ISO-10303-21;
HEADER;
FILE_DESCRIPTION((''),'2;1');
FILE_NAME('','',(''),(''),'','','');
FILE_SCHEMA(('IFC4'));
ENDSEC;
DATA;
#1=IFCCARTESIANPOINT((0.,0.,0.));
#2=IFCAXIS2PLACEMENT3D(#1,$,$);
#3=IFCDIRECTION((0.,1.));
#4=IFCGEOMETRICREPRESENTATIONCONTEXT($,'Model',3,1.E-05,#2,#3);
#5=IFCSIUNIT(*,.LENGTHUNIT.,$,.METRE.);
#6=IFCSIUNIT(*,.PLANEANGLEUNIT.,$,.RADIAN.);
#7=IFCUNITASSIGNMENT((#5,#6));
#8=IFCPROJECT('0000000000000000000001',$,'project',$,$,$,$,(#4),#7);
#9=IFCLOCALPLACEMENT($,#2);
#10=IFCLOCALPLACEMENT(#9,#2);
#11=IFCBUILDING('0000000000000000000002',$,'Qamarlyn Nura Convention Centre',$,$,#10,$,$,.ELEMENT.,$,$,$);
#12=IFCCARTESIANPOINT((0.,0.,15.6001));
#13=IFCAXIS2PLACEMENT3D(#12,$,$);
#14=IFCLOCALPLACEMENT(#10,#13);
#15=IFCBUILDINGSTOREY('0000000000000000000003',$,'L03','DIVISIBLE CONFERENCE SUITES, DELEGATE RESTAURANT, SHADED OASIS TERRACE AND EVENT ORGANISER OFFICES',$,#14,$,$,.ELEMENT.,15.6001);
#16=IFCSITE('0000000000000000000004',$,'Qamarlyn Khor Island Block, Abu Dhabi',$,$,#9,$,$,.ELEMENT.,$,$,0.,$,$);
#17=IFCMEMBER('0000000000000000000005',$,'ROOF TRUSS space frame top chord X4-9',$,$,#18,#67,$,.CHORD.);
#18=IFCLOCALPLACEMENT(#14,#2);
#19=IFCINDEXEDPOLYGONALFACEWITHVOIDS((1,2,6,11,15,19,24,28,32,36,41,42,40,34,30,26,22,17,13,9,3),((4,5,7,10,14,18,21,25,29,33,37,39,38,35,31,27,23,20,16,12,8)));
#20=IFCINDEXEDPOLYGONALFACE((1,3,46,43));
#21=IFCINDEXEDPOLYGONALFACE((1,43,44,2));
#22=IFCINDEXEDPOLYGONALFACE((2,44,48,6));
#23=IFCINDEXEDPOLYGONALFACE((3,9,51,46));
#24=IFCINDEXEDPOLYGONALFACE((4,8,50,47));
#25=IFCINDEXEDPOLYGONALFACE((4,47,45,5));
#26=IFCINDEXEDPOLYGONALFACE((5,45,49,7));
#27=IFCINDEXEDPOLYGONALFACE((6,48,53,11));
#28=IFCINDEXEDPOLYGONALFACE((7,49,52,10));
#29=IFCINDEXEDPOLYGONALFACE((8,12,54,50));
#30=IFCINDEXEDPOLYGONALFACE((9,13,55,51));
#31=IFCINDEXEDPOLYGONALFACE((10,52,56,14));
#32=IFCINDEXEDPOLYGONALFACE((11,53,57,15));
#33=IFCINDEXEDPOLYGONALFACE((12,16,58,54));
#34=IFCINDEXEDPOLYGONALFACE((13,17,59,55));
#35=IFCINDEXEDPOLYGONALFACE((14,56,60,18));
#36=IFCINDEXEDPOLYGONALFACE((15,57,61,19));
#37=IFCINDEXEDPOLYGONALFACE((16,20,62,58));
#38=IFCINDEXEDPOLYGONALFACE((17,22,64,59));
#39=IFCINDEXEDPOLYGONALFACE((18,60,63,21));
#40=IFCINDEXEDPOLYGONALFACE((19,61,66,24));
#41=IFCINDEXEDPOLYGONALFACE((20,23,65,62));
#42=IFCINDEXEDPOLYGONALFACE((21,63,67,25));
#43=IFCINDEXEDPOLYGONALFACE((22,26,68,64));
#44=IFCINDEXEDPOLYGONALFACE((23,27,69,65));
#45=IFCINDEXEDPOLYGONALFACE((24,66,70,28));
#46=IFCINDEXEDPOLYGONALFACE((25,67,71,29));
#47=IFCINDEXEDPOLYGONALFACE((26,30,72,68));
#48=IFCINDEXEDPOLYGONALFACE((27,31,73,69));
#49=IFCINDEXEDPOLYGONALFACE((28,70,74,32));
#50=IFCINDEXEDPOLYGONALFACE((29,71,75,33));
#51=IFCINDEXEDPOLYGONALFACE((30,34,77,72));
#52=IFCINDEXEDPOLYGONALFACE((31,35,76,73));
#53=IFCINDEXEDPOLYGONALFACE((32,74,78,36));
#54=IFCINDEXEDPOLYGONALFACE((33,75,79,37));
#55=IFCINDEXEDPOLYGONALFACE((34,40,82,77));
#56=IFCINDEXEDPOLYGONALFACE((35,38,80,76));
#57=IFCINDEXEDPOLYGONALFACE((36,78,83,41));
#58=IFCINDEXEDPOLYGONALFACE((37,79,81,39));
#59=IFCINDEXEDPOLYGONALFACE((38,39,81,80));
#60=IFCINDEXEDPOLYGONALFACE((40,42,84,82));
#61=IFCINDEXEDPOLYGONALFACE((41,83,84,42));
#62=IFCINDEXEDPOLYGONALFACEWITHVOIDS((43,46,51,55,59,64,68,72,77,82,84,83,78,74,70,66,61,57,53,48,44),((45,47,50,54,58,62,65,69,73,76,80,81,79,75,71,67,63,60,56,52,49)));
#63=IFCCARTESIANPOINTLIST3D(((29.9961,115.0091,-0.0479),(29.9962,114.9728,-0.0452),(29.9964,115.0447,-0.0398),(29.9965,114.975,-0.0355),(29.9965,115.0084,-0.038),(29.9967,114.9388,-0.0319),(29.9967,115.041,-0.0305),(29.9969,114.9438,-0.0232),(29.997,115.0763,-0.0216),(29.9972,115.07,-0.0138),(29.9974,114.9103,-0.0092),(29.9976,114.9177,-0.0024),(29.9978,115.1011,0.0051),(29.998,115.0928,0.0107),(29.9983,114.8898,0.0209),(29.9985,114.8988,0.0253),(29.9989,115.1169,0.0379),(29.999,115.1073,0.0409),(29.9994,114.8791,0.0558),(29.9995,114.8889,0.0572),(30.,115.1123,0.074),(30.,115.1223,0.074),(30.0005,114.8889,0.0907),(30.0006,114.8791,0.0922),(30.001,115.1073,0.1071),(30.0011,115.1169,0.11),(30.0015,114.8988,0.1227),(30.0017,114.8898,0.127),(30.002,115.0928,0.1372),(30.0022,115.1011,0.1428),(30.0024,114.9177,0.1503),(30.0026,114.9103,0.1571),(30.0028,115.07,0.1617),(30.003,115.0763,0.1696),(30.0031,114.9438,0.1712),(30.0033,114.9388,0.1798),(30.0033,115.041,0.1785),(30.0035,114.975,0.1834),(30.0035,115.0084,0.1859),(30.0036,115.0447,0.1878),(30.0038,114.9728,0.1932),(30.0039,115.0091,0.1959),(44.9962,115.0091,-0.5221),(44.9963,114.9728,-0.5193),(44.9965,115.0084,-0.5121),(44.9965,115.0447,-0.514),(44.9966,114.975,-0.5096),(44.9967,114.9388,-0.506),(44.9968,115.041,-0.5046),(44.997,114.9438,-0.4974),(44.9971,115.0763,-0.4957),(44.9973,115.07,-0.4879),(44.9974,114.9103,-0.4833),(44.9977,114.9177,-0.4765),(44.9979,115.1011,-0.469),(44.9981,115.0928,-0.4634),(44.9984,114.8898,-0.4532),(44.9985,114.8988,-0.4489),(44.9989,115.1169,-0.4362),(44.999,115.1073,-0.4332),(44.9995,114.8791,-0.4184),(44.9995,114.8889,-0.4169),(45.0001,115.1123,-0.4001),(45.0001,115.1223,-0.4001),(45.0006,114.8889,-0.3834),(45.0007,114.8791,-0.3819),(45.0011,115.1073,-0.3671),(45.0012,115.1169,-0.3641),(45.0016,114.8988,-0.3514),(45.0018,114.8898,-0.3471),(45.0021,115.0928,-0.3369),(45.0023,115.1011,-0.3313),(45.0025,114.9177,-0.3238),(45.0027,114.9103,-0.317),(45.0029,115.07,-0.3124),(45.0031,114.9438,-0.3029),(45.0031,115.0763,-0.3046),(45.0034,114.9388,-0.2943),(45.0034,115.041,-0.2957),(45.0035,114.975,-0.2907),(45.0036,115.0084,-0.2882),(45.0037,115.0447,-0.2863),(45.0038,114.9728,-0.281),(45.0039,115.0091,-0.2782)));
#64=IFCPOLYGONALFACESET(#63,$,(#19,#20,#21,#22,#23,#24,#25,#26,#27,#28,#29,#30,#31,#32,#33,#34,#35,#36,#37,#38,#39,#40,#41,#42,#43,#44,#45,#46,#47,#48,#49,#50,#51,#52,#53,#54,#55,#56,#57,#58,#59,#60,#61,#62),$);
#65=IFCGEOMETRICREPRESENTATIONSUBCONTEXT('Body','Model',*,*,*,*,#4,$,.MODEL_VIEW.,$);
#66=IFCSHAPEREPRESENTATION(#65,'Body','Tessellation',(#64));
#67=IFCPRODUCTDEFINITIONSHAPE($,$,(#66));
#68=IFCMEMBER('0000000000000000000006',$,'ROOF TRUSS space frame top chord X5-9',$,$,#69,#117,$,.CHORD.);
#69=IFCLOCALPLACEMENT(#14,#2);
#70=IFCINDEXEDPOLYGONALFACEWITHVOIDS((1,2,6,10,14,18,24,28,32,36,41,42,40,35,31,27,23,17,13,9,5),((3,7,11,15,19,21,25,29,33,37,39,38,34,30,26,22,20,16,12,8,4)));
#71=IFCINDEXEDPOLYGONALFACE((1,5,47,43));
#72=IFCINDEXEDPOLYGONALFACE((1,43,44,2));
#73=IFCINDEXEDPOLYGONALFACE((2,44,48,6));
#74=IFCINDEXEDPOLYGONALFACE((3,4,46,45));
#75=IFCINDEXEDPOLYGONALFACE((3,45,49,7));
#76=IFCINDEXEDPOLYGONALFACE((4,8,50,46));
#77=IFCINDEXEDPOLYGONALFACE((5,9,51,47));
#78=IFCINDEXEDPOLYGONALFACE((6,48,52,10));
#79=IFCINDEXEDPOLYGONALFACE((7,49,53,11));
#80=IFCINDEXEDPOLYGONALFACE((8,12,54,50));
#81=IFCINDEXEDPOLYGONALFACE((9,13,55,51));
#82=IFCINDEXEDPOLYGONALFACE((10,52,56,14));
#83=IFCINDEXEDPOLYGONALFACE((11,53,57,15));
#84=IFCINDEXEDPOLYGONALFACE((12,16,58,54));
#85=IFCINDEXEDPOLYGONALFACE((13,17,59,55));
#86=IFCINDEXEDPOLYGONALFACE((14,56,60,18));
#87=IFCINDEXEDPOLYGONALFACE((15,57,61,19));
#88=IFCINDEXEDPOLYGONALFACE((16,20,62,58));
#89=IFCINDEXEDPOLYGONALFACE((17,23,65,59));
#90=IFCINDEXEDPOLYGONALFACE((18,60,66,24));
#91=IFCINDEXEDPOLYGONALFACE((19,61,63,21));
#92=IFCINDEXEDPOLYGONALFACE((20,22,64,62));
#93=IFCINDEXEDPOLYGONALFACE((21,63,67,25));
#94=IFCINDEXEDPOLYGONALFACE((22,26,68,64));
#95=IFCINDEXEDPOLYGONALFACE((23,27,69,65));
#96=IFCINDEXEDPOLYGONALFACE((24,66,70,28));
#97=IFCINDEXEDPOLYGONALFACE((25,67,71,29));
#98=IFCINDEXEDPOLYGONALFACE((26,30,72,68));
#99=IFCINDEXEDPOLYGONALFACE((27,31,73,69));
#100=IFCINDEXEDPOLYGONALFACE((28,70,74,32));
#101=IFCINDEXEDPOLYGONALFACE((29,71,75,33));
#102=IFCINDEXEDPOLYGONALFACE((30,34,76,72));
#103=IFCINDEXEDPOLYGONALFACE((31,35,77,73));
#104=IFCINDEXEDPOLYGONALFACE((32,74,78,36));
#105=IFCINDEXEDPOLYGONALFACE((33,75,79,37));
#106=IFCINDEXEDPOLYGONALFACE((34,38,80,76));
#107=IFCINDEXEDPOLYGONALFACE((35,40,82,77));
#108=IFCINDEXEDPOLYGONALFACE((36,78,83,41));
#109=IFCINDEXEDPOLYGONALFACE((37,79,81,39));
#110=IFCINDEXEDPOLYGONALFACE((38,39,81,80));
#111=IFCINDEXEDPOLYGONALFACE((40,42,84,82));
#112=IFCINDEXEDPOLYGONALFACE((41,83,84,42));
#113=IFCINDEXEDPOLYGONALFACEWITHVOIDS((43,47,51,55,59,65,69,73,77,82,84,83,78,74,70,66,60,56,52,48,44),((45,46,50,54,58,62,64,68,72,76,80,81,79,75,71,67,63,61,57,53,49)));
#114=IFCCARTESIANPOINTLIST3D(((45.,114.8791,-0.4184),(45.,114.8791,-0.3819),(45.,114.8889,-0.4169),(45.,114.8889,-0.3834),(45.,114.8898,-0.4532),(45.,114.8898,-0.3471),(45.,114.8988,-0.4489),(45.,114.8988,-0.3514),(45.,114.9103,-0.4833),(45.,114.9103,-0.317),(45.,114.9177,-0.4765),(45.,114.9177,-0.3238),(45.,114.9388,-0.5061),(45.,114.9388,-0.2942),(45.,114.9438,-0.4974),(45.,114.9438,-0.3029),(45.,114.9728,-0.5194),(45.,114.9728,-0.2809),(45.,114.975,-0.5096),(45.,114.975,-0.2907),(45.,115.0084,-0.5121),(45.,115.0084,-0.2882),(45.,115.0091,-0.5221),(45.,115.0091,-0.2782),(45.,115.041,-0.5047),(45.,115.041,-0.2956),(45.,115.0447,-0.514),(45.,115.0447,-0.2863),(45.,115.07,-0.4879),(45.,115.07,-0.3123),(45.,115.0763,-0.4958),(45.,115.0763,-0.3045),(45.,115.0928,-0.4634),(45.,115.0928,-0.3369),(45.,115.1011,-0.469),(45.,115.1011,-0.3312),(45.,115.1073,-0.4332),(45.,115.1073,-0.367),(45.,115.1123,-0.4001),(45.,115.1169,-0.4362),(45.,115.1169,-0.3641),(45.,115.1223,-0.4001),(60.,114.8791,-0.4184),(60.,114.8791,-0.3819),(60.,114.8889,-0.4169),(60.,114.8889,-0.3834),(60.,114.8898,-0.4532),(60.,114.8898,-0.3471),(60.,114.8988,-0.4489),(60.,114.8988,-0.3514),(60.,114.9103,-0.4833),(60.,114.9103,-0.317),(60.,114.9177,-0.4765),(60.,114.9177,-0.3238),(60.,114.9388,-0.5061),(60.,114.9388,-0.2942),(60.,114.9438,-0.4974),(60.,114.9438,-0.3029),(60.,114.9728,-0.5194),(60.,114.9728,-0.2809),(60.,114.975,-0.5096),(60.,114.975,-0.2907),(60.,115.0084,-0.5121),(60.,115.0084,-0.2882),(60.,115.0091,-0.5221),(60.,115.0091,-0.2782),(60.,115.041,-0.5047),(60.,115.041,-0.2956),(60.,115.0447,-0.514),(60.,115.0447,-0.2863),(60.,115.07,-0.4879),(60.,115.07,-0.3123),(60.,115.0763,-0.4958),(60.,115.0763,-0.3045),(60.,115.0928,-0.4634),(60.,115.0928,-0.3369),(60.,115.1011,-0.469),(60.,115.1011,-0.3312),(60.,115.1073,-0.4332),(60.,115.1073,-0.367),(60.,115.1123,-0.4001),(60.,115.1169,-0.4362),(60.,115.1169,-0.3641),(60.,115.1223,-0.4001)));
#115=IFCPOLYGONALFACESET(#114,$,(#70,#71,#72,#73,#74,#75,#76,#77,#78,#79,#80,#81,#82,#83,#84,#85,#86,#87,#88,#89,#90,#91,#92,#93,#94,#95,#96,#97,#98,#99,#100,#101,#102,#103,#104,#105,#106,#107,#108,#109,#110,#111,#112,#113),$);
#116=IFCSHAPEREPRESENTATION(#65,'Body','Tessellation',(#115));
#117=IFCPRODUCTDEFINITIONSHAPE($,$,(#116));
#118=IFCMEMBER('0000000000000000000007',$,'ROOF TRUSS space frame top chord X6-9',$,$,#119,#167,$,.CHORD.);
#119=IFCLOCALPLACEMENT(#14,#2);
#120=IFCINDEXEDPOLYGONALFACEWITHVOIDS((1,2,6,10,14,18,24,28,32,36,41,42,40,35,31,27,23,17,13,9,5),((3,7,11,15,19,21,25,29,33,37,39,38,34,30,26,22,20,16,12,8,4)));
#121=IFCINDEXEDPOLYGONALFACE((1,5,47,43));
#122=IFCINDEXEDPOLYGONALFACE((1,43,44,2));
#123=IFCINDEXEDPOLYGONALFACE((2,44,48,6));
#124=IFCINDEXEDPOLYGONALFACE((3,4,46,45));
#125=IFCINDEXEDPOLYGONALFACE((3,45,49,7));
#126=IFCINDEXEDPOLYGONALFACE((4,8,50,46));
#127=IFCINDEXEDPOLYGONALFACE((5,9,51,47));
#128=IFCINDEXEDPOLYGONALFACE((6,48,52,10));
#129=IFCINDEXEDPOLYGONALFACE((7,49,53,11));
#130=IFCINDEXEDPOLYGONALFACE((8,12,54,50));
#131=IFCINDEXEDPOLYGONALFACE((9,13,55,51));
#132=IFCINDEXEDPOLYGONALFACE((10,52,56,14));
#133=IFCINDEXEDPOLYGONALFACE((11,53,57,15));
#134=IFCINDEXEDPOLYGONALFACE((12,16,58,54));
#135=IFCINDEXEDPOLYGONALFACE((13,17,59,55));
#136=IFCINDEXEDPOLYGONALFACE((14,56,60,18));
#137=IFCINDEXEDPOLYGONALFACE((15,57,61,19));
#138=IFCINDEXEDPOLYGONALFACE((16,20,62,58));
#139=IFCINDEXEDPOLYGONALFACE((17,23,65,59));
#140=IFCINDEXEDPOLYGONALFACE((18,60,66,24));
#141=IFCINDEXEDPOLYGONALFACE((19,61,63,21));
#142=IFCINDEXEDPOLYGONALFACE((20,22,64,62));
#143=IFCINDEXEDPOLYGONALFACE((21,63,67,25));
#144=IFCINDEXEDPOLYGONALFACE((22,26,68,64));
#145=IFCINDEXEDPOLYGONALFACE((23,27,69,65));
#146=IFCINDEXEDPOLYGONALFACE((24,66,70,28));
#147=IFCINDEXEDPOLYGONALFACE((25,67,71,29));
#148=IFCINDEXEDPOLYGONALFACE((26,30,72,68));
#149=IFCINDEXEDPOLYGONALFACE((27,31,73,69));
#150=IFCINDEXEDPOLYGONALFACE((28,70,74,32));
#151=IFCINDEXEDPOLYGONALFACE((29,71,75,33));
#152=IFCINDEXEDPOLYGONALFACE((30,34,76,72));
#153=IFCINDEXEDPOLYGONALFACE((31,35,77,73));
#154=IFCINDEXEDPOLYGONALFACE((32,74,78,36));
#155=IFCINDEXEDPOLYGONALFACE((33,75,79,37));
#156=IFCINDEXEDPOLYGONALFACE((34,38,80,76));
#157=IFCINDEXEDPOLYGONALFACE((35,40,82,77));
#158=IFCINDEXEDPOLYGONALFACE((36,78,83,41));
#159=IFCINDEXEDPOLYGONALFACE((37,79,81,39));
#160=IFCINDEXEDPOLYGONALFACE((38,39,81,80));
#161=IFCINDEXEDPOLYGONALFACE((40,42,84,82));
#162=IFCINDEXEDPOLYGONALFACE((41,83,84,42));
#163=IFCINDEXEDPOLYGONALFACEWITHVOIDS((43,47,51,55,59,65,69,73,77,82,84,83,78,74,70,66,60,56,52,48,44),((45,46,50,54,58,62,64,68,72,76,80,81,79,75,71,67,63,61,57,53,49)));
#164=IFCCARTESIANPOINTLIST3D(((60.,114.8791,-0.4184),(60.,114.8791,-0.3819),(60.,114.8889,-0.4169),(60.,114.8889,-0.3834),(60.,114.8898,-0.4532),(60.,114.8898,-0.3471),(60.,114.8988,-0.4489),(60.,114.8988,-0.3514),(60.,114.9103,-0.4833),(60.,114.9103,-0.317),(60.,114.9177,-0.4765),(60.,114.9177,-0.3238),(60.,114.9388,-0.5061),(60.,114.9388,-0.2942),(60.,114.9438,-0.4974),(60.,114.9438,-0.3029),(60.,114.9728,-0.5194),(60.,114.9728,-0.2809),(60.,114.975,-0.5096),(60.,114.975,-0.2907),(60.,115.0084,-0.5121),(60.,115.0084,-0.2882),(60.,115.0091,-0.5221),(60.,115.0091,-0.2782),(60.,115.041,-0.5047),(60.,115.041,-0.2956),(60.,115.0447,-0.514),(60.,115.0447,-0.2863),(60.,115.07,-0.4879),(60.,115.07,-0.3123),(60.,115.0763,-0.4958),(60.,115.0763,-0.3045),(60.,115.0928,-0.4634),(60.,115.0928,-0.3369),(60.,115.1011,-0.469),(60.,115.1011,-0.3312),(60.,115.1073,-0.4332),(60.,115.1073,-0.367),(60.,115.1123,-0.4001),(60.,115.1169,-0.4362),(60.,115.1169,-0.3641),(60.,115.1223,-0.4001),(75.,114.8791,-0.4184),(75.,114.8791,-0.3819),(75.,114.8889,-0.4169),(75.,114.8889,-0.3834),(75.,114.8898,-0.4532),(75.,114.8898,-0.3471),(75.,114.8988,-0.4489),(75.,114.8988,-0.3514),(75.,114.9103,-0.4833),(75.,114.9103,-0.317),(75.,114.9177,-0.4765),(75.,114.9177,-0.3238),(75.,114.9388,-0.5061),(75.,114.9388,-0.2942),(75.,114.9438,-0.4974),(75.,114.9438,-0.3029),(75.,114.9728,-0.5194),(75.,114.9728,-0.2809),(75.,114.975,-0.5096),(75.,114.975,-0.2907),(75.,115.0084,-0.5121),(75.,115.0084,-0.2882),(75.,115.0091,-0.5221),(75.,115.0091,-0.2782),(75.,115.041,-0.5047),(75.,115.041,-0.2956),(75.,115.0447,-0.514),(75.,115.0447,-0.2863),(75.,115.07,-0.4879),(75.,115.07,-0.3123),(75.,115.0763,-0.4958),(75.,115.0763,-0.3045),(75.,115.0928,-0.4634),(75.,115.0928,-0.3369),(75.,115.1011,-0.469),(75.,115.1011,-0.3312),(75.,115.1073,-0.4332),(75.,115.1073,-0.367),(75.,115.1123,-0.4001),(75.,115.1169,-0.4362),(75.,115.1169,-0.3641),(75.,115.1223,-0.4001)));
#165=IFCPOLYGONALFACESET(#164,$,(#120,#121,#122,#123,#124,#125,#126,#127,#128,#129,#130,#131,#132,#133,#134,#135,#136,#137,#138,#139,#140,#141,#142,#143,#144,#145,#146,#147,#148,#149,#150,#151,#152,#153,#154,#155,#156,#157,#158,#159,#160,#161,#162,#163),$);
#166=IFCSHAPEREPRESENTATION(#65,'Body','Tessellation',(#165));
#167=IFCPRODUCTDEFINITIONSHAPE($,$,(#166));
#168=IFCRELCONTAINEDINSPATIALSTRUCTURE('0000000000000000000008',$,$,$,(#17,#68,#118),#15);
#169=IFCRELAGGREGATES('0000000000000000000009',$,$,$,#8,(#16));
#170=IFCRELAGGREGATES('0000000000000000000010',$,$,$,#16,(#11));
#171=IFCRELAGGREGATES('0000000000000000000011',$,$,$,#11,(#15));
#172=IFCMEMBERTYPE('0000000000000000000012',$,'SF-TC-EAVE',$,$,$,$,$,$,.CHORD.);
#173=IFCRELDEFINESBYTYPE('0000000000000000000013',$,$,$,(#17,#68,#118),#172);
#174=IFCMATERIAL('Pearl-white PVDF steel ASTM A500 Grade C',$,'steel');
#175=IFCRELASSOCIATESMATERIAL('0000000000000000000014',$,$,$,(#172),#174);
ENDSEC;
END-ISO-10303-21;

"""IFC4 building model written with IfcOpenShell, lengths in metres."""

from ifc_helpers import new_model, si_unit, direction, frame, origin, origin_2d, place, context, subcontext, project, spatial, hollow_circle, extrude, material, material_profile, profile_set, type_object, element, save


model = new_model("IFC4")

# Units and contexts
model_context = context("Model", 3, precision=1e-05, world=origin(), true_north=direction((0.0, 1.0)))
body_context = subcontext(model_context, "Body", "Model", "MODEL_VIEW")
ifc_project = project(units=[si_unit("LENGTHUNIT", "METRE"), si_unit("PLANEANGLEUNIT", "RADIAN")], contexts=[model_context])

# Site, building, storey
site_placement = place(None, origin())
site = spatial("IfcSite", under=ifc_project, at=site_placement, Name="Qamarlyn Khor Island Block, Abu Dhabi", CompositionType="ELEMENT", RefElevation=0.0)
building_placement = place(site_placement, origin())
building = spatial("IfcBuilding", under=site, at=building_placement, Name="Qamarlyn Nura Convention Centre", CompositionType="ELEMENT")
storey_placement = place(building_placement, frame((0.0, 0.0, 15.6001)))
storey = spatial("IfcBuildingStorey", under=building, at=storey_placement, Name="L03", Description="DIVISIBLE CONFERENCE SUITES, DELEGATE RESTAURANT, SHADED OASIS TERRACE AND EVENT ORGANISER OFFICES", CompositionType="ELEMENT", Elevation=15.6001)

# Members
ifc_material_1 = material(Name="Pearl-white PVDF steel ASTM A500 Grade C", Category="steel")
ifc_material_profile_1 = material_profile(ifc_material_1, hollow_circle(Radius=0.1223, WallThickness=0.01, at=origin_2d()), Name="CHS244.5X10")
ifc_profile_set_1 = profile_set([ifc_material_profile_1], Name="Pearl-white PVDF steel ASTM A500 Grade C")
member_type_1 = type_object("IfcMemberType", Name="SF-TC-EAVE", PredefinedType="CHORD", material=ifc_profile_set_1)
member_1_placement = place(storey_placement, frame((30.0, 115.0, 0.074), z_axis=(0.999501, 0.0, -0.031592), x_axis=(0.0, 1.0, 0.0)))
element("IfcMember", 1, at=member_1_placement, inside=storey, type_object=member_type_1, Name="ROOF TRUSS space frame top chord X4-9", PredefinedType="CHORD", context=body_context, shape_type="SweptSolid", body=[
    extrude(hollow_circle(Radius=0.1223, WallThickness=0.01, at=origin_2d()), origin(), (0.0, 0.0, 1.0), 15.0076),
])
for number, where, z_axis, x_axis, name in (
    (2, (45.0, 115.0, -0.4001), (1.0, 0.0, 0.0), (0.0, 1.0, 0.0), "ROOF TRUSS space frame top chord X5-9"),
    (3, (60.0, 115.0, -0.4001), (1.0, 0.0, 0.0), (0.0, 1.0, 0.0), "ROOF TRUSS space frame top chord X6-9"),
):
    element("IfcMember", number, at=place(storey_placement, frame(where, z_axis=z_axis, x_axis=x_axis)), inside=storey, type_object=member_type_1, Name=name, PredefinedType="CHORD", context=body_context, shape_type="SweptSolid", body=[
        extrude(hollow_circle(Radius=0.1223, WallThickness=0.01, at=origin_2d()), origin(), (0.0, 0.0, 1.0), 15.0),
    ])

save(model, "model.ifc")
